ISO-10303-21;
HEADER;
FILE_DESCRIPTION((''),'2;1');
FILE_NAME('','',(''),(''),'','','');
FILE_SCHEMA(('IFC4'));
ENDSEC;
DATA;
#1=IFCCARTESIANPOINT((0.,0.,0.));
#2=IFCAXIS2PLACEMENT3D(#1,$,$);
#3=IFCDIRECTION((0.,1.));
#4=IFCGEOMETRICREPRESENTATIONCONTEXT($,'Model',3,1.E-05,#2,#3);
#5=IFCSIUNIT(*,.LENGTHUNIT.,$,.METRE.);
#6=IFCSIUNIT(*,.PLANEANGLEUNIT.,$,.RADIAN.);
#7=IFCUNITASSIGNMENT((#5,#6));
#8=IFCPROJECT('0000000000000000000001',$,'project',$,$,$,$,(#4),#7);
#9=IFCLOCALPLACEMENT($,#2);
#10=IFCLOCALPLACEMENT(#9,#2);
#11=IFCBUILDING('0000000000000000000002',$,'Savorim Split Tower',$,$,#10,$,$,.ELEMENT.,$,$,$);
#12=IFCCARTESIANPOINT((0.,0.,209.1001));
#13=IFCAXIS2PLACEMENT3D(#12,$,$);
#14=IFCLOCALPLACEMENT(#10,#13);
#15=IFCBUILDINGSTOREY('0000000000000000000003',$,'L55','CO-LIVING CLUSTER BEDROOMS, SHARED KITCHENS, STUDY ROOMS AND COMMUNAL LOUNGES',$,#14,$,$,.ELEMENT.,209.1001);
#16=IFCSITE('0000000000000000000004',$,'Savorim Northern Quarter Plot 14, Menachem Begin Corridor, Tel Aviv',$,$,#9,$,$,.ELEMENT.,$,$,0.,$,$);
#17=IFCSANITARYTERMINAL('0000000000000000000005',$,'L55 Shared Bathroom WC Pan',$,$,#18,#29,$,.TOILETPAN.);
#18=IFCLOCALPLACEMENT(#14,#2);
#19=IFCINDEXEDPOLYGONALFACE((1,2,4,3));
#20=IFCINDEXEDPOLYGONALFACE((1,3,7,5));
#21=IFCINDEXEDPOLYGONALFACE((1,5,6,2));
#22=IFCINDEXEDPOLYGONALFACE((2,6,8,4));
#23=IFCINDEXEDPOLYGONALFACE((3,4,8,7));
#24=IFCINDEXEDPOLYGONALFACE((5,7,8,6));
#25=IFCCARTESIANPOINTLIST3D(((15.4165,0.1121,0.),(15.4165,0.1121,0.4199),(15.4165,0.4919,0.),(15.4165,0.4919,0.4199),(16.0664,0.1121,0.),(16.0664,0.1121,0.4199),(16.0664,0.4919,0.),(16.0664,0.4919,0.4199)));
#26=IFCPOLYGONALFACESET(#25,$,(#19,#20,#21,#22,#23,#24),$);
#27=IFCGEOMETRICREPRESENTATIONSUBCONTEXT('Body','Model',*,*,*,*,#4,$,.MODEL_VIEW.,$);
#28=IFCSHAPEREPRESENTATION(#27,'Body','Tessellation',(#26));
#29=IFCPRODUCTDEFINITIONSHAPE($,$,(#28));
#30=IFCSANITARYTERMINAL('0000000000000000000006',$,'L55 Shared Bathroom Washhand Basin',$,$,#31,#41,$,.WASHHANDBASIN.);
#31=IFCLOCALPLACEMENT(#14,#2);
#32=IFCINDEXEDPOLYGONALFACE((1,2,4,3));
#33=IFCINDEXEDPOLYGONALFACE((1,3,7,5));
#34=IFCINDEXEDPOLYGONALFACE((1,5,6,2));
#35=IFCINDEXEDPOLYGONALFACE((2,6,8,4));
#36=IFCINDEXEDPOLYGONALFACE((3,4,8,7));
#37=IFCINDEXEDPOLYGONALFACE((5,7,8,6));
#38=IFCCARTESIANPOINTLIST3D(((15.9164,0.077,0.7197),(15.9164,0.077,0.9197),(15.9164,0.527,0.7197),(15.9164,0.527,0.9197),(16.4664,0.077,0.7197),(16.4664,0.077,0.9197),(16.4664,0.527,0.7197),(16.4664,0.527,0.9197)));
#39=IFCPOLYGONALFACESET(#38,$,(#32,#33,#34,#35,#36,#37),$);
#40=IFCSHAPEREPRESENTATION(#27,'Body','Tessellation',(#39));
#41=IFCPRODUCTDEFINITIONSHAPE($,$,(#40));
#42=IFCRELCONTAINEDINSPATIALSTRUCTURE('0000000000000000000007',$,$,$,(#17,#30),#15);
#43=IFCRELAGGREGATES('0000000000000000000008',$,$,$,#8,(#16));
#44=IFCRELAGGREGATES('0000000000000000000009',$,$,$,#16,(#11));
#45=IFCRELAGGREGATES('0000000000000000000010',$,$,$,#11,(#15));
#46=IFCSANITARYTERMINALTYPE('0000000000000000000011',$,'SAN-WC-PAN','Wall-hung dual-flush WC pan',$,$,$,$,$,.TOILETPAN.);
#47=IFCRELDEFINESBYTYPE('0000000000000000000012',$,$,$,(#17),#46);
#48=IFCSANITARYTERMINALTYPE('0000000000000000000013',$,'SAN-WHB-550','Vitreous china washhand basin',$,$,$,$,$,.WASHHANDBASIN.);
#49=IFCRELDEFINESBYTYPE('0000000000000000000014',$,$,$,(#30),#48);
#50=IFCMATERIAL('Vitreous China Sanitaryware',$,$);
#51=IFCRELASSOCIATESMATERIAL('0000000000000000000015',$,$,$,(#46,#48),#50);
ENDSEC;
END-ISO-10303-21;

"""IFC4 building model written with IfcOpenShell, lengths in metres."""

from ifc_helpers import new_model, si_unit, direction, frame, origin, origin_2d, place, context, subcontext, project, spatial, rectangle, extrude, material, type_object, element, save


model = new_model("IFC4")

# Units and contexts
model_context = context("Model", 3, precision=1e-05, world=origin(), true_north=direction((0.0, 1.0)))
body_context = subcontext(model_context, "Body", "Model", "MODEL_VIEW")
ifc_project = project(units=[si_unit("LENGTHUNIT", "METRE"), si_unit("PLANEANGLEUNIT", "RADIAN")], contexts=[model_context])

# Site, building, storey
site_placement = place(None, origin())
site = spatial("IfcSite", under=ifc_project, at=site_placement, Name="Savorim Northern Quarter Plot 14, Menachem Begin Corridor, Tel Aviv", CompositionType="ELEMENT", RefElevation=0.0)
building_placement = place(site_placement, origin())
building = spatial("IfcBuilding", under=site, at=building_placement, Name="Savorim Split Tower", CompositionType="ELEMENT")
storey_placement = place(building_placement, frame((0.0, 0.0, 209.1001)))
storey = spatial("IfcBuildingStorey", under=building, at=storey_placement, Name="L55", Description="CO-LIVING CLUSTER BEDROOMS, SHARED KITCHENS, STUDY ROOMS AND COMMUNAL LOUNGES", CompositionType="ELEMENT", Elevation=209.1001)

# Sanitary terminals
ifc_material_1 = material(Name="Vitreous China Sanitaryware")
sanitary_terminal_type_1 = type_object("IfcSanitaryTerminalType", Name="SAN-WC-PAN", Description="Wall-hung dual-flush WC pan", PredefinedType="TOILETPAN", material=ifc_material_1)
sanitary_terminal_1_placement = place(storey_placement, frame((15.7415, 0.302, 0.0), z_axis=(0.0, 0.0, 1.0), x_axis=(1.0, 0.0, 0.0)))
element("IfcSanitaryTerminal", 1, at=sanitary_terminal_1_placement, inside=storey, type_object=sanitary_terminal_type_1, Name="L55 Shared Bathroom WC Pan", PredefinedType="TOILETPAN", context=body_context, shape_type="SweptSolid", body=[
    extrude(rectangle(XDim=0.6499, YDim=0.3799, at=origin_2d()), origin(), (0.0, 0.0, 1.0), 0.4199),
])
sanitary_terminal_type_2 = type_object("IfcSanitaryTerminalType", Name="SAN-WHB-550", Description="Vitreous china washhand basin", PredefinedType="WASHHANDBASIN", material=ifc_material_1)
sanitary_terminal_2_placement = place(storey_placement, frame((16.1914, 0.302, 0.7197), z_axis=(0.0, 0.0, 1.0), x_axis=(1.0, 0.0, 0.0)))
element("IfcSanitaryTerminal", 2, at=sanitary_terminal_2_placement, inside=storey, type_object=sanitary_terminal_type_2, Name="L55 Shared Bathroom Washhand Basin", PredefinedType="WASHHANDBASIN", context=body_context, shape_type="SweptSolid", body=[
    extrude(rectangle(XDim=0.55, YDim=0.45, at=origin_2d()), origin(), (0.0, 0.0, 1.0), 0.2),
])

save(model, "model.ifc")
